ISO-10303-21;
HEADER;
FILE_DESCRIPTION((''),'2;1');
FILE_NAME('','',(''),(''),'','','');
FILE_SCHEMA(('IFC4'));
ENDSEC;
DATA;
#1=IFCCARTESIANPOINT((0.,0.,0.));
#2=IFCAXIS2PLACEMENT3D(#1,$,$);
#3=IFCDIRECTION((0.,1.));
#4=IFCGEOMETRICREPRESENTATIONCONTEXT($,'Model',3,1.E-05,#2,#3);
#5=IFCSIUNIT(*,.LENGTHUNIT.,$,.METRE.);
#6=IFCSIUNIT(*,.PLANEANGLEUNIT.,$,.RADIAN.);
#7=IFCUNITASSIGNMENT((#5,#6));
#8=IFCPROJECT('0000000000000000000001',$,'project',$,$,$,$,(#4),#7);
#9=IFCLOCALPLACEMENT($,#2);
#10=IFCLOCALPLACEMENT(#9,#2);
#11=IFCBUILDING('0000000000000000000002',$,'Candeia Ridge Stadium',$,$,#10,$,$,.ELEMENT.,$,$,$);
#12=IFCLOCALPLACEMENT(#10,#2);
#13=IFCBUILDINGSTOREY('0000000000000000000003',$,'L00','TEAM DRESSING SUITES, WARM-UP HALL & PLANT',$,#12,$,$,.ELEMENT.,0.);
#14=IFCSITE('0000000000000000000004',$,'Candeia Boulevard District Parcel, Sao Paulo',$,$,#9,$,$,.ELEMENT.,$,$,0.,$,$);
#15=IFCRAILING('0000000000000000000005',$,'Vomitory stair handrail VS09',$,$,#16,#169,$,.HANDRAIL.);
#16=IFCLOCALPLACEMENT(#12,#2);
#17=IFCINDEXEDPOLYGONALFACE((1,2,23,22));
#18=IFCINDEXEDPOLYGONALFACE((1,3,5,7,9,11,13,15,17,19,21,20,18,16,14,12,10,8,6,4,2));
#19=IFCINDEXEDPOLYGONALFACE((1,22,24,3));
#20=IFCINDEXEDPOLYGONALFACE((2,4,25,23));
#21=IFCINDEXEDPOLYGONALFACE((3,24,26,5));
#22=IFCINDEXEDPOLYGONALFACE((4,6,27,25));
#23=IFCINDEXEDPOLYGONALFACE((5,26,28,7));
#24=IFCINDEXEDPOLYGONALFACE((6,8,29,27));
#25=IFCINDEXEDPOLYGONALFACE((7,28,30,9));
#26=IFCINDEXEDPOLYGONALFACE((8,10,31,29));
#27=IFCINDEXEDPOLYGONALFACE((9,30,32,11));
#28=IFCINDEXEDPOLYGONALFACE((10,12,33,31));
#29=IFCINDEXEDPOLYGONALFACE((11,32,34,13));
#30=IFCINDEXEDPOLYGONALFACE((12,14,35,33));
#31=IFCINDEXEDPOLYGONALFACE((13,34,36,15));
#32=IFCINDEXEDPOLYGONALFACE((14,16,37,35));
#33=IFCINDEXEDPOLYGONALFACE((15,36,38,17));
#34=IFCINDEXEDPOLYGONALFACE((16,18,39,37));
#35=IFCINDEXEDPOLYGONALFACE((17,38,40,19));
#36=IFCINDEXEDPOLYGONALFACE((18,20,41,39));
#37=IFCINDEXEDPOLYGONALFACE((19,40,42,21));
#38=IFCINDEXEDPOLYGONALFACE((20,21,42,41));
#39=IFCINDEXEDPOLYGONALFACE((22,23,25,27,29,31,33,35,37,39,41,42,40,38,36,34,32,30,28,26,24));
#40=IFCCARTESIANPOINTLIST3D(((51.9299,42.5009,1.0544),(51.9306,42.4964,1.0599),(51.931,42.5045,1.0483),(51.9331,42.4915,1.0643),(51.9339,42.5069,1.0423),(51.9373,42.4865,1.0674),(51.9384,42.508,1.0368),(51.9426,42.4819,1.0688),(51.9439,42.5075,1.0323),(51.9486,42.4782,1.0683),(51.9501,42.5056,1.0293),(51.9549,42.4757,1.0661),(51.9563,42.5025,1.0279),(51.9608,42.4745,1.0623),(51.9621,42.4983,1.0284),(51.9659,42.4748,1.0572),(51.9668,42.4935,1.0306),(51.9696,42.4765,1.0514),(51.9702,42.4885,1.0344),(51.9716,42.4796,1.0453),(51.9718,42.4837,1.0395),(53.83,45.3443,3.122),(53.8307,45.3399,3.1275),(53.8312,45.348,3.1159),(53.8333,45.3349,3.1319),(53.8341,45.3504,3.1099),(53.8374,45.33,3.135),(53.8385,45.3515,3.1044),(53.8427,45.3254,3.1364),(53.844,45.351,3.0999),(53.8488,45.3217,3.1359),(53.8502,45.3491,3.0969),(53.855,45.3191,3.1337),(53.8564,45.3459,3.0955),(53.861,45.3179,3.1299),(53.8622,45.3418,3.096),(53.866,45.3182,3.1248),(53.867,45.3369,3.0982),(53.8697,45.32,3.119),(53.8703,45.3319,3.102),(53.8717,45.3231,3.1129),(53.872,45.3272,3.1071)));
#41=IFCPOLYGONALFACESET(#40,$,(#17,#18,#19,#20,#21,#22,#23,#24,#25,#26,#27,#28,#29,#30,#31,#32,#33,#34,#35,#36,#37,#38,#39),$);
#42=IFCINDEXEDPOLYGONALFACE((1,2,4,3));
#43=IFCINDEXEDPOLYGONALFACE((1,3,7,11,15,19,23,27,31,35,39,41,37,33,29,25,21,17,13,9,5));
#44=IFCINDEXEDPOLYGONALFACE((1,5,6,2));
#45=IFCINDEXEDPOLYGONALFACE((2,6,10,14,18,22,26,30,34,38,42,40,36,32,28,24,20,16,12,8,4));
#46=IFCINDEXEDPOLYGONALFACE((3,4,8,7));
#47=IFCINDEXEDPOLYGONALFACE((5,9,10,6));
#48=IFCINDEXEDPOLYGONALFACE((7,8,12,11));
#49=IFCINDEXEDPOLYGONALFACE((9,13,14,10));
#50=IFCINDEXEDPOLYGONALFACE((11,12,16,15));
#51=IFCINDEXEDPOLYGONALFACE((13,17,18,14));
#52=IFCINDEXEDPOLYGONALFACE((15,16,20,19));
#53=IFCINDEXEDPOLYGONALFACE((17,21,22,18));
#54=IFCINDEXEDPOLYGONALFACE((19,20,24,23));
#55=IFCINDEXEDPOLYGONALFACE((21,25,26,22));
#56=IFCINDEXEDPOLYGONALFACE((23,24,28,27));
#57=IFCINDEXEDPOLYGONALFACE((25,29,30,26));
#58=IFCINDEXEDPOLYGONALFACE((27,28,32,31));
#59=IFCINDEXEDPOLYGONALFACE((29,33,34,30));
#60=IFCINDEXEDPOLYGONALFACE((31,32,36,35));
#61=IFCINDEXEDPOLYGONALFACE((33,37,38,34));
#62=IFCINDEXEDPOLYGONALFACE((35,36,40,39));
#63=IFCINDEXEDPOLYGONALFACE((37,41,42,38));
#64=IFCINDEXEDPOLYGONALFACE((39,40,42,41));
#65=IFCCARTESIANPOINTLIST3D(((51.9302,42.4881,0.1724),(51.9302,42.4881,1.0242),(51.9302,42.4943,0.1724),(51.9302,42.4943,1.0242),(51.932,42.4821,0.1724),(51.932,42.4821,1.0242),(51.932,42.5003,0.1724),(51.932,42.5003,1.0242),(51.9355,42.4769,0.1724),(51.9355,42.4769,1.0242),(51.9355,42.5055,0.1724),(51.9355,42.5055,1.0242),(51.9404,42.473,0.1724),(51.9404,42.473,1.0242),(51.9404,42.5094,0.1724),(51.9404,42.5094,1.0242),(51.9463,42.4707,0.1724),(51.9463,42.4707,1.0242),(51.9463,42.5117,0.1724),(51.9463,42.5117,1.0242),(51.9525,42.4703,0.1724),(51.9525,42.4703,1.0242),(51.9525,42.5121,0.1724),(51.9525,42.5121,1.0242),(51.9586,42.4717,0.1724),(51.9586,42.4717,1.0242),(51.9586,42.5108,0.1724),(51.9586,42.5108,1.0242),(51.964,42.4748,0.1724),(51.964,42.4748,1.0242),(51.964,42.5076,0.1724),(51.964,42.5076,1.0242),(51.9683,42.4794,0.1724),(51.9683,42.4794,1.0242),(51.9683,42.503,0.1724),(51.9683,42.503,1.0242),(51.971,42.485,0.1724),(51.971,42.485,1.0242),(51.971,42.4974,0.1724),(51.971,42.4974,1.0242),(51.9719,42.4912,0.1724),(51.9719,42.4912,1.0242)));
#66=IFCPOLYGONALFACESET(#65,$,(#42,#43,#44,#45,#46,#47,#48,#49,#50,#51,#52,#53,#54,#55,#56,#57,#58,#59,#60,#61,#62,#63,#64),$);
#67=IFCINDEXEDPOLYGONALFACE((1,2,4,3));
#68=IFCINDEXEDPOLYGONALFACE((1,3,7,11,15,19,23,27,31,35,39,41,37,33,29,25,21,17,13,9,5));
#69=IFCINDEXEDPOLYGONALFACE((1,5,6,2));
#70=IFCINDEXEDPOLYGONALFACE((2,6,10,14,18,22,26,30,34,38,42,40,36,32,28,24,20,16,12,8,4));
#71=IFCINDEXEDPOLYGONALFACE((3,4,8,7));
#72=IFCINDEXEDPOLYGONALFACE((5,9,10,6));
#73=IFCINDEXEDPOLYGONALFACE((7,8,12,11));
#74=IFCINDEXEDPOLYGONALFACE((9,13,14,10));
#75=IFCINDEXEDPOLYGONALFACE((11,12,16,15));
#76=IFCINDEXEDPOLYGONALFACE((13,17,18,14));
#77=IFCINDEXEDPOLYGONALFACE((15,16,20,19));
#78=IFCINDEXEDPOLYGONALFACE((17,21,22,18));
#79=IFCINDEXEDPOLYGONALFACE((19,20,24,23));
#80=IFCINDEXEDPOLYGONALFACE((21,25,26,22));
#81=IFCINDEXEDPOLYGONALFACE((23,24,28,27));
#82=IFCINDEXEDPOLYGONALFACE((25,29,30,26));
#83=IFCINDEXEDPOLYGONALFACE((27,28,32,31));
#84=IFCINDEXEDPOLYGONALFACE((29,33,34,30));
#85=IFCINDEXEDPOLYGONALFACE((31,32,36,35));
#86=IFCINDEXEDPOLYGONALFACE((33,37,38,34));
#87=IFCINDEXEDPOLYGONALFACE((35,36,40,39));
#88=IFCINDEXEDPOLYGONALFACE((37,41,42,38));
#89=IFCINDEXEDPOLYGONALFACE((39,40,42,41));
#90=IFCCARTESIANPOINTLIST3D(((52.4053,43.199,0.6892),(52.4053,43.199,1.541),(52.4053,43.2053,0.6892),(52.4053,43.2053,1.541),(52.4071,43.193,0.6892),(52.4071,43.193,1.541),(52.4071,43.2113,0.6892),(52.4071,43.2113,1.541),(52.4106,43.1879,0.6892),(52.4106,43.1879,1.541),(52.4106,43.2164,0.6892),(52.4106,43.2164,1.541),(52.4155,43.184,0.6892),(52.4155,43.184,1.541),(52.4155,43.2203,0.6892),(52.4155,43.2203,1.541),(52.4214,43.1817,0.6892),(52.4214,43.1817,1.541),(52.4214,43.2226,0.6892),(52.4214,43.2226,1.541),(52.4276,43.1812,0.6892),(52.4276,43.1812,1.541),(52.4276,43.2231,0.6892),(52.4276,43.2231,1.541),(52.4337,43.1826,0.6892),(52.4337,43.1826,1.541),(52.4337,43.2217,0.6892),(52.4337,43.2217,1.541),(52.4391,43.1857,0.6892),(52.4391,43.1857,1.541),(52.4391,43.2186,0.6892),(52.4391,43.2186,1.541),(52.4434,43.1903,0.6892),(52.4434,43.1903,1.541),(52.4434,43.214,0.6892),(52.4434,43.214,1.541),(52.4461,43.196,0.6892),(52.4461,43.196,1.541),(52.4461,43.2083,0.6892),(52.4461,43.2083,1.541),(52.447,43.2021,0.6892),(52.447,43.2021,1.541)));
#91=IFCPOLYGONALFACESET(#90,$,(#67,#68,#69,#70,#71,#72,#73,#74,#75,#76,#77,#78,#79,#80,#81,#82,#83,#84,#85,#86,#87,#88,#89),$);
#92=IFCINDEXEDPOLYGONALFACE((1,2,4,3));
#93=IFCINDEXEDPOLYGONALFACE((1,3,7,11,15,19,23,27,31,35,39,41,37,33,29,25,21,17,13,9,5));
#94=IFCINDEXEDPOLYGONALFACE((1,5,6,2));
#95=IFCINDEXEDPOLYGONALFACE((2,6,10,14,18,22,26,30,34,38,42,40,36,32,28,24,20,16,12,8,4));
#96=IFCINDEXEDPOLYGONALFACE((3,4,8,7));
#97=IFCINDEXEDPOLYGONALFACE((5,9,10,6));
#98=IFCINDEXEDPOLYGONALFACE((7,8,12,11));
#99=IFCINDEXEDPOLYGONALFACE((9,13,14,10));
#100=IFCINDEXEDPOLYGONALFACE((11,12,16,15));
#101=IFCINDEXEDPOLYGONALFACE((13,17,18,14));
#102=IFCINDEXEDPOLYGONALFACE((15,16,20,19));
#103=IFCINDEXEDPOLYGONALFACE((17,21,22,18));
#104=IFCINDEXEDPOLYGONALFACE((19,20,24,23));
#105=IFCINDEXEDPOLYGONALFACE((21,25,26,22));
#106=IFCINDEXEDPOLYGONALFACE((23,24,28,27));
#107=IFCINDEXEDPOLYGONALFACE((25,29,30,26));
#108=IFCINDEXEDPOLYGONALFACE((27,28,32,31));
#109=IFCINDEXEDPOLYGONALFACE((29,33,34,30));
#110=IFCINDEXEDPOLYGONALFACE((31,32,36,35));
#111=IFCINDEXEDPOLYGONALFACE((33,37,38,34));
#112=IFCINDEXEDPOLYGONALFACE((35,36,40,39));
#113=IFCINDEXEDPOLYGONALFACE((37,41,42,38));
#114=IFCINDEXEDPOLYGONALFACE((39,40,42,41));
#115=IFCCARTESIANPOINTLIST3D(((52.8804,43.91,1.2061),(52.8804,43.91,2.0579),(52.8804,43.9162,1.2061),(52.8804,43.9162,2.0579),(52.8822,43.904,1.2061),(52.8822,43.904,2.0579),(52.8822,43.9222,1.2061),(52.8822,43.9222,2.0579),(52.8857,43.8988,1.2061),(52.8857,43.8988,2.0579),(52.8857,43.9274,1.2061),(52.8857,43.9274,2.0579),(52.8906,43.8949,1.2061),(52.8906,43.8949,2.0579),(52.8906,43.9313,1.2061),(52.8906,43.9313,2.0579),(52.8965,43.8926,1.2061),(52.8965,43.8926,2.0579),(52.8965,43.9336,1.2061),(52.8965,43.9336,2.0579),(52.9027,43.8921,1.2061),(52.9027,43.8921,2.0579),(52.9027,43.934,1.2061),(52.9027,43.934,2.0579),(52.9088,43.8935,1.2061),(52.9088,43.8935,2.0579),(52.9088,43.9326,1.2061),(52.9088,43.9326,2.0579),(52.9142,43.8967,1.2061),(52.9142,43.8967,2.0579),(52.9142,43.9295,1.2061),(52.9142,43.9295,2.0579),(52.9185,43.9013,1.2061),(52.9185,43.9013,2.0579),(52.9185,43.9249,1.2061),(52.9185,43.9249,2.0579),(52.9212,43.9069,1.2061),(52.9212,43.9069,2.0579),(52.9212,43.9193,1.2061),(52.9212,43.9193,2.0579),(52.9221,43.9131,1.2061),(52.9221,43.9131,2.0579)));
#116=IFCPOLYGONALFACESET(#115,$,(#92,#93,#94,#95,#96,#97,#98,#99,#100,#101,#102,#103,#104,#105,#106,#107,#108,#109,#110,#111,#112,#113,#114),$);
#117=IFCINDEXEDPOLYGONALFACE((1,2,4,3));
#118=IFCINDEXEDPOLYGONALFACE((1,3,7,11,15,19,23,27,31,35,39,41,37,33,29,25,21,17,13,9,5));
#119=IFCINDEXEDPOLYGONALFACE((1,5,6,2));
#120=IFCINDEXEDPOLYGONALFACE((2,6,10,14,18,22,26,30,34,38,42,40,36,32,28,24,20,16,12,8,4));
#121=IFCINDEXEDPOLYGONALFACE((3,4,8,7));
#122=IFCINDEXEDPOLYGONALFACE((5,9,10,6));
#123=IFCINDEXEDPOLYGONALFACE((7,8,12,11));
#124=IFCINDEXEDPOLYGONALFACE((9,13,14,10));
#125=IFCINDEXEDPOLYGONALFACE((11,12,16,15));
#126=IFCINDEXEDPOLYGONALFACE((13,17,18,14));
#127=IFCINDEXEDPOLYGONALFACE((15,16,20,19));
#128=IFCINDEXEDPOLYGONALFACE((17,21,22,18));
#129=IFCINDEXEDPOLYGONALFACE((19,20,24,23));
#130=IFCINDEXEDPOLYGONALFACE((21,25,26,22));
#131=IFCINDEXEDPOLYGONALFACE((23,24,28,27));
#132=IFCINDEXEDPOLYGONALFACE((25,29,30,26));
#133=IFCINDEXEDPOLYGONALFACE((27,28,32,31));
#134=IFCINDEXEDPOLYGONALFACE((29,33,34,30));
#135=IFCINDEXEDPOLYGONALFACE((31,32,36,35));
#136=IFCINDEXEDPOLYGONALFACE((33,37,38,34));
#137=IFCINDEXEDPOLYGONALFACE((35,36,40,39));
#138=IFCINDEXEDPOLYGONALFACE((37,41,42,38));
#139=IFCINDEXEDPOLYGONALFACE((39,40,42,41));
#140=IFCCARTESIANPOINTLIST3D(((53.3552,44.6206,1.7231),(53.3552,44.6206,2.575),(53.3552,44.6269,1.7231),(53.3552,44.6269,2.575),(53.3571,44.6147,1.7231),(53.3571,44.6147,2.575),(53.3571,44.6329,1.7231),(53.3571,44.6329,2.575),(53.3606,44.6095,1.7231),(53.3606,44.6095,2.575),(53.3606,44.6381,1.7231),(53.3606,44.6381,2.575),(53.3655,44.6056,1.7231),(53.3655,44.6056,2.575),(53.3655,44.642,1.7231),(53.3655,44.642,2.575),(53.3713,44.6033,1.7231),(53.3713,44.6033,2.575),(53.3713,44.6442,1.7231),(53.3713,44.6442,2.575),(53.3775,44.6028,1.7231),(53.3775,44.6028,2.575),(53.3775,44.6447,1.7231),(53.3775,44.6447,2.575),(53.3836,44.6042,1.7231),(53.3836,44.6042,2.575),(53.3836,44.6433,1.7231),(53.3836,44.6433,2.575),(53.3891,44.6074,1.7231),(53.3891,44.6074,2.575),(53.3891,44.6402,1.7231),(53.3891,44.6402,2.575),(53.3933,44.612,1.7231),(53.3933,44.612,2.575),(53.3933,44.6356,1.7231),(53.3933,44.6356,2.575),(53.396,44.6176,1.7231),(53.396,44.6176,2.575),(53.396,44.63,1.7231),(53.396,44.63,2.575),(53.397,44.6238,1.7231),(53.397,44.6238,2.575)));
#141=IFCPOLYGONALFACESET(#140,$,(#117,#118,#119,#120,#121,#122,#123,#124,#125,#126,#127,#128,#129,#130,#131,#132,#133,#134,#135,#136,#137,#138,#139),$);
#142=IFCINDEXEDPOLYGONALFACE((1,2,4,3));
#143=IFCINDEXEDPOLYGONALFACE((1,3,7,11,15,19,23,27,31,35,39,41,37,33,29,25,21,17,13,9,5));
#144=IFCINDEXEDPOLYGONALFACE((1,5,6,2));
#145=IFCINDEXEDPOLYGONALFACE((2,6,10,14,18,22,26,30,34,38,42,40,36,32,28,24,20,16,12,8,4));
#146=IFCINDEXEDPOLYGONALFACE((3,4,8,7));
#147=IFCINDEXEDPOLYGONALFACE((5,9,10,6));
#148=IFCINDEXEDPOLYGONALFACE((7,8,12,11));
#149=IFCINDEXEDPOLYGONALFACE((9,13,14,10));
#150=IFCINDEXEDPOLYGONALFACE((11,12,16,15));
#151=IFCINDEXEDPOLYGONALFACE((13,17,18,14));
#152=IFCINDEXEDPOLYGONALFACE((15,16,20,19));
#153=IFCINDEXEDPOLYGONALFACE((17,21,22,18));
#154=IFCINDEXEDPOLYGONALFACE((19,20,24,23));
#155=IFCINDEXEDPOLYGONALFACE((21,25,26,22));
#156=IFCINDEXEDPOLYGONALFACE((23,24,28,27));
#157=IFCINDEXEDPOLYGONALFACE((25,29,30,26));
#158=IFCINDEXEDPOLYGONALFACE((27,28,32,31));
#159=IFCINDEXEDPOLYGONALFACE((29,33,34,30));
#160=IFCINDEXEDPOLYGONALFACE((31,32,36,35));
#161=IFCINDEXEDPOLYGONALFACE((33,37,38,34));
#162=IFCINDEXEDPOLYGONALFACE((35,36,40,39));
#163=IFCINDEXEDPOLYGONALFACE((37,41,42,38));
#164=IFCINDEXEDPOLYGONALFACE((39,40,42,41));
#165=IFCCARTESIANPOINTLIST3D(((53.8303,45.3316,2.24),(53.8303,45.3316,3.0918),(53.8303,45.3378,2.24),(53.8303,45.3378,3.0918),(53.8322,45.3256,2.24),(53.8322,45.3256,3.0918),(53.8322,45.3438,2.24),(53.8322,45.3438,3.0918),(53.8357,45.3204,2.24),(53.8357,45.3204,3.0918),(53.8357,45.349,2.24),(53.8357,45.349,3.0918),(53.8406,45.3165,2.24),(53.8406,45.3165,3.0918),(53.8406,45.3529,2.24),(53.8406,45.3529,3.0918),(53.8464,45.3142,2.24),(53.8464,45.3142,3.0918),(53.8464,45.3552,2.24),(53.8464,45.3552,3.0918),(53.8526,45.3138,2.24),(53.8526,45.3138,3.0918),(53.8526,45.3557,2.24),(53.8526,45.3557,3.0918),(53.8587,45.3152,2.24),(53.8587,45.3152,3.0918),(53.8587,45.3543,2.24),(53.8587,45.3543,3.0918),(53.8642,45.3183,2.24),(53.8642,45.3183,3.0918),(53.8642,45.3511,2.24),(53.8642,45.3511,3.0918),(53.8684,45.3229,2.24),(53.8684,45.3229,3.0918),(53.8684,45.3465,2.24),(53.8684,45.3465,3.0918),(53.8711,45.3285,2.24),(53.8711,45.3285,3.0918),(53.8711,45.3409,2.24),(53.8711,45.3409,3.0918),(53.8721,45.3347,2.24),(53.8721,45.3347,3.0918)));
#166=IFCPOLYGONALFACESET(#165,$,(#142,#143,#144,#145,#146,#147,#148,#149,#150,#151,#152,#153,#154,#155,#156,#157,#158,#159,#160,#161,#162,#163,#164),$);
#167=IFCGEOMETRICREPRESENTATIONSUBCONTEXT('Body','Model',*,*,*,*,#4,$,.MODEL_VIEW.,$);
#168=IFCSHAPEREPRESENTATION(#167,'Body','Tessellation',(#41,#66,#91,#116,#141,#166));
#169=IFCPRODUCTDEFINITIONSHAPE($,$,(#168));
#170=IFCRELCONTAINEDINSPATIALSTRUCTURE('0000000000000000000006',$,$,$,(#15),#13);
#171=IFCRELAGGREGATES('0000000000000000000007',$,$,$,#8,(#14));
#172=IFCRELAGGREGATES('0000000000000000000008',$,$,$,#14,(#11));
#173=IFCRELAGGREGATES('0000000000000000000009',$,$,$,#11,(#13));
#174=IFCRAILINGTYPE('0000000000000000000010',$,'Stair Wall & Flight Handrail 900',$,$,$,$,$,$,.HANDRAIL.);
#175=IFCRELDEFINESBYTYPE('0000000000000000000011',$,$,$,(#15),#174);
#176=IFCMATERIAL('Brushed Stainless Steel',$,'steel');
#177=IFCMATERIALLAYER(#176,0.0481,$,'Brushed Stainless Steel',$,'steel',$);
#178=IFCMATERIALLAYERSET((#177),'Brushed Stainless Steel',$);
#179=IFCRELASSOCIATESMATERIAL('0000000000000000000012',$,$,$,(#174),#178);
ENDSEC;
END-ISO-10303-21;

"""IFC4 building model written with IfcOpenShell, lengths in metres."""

from ifc_helpers import new_model, si_unit, direction, frame, origin, origin_2d, place, context, subcontext, project, spatial, circle, extrude, material, layer, layer_set, type_object, element, save


model = new_model("IFC4")

# Units and contexts
model_context = context("Model", 3, precision=1e-05, world=origin(), true_north=direction((0.0, 1.0)))
body_context = subcontext(model_context, "Body", "Model", "MODEL_VIEW")
ifc_project = project(units=[si_unit("LENGTHUNIT", "METRE"), si_unit("PLANEANGLEUNIT", "RADIAN")], contexts=[model_context])

# Site, building, storey
site_placement = place(None, origin())
site = spatial("IfcSite", under=ifc_project, at=site_placement, Name="Candeia Boulevard District Parcel, Sao Paulo", CompositionType="ELEMENT", RefElevation=0.0)
building_placement = place(site_placement, origin())
building = spatial("IfcBuilding", under=site, at=building_placement, Name="Candeia Ridge Stadium", CompositionType="ELEMENT")
storey_placement = place(building_placement, origin())
storey = spatial("IfcBuildingStorey", under=building, at=storey_placement, Name="L00", Description="TEAM DRESSING SUITES, WARM-UP HALL & PLANT", CompositionType="ELEMENT", Elevation=0.0)

# Railing
ifc_material_1 = material(Name="Brushed Stainless Steel", Category="steel")
ifc_layer_1 = layer(ifc_material_1, 0.0481, Name="Brushed Stainless Steel", Category="steel")
ifc_layer_set_1 = layer_set([ifc_layer_1], Name="Brushed Stainless Steel")
railing_type_1 = type_object("IfcRailingType", Name="Stair Wall & Flight Handrail 900", PredefinedType="HANDRAIL", material=ifc_layer_set_1)
railing_1_placement = place(storey_placement, frame((51.9509, 42.4912, 0.1724)))
element("IfcRailing", 1, at=railing_1_placement, inside=storey, type_object=railing_type_1, Name="Vomitory stair handrail VS09", PredefinedType="HANDRAIL", context=body_context, shape_type="SweptSolid", body=[
    extrude(circle(Radius=0.0239, at=origin_2d()), frame((0.0, 0.0, 0.876), z_axis=(0.475465, 0.711518, 0.517373), x_axis=(-0.831446, 0.555606, 0.0)), (0.0, 0.0, 1.0), 3.9963),
    extrude(circle(Radius=0.021, at=origin_2d()), origin(), (0.0, 0.0, 1.0), 0.8518),
    extrude(circle(Radius=0.021, at=origin_2d()), frame((0.4751, 0.7109, 0.5168)), (0.0, 0.0, 1.0), 0.8518),
    extrude(circle(Radius=0.021, at=origin_2d()), frame((0.9502, 1.4219, 1.0337)), (0.0, 0.0, 1.0), 0.8518),
    extrude(circle(Radius=0.021, at=origin_2d()), frame((1.425, 2.1326, 1.5508)), (0.0, 0.0, 1.0), 0.8518),
    extrude(circle(Radius=0.021, at=origin_2d()), frame((1.9001, 2.8435, 2.0676)), (0.0, 0.0, 1.0), 0.8518),
])

save(model, "model.ifc")
